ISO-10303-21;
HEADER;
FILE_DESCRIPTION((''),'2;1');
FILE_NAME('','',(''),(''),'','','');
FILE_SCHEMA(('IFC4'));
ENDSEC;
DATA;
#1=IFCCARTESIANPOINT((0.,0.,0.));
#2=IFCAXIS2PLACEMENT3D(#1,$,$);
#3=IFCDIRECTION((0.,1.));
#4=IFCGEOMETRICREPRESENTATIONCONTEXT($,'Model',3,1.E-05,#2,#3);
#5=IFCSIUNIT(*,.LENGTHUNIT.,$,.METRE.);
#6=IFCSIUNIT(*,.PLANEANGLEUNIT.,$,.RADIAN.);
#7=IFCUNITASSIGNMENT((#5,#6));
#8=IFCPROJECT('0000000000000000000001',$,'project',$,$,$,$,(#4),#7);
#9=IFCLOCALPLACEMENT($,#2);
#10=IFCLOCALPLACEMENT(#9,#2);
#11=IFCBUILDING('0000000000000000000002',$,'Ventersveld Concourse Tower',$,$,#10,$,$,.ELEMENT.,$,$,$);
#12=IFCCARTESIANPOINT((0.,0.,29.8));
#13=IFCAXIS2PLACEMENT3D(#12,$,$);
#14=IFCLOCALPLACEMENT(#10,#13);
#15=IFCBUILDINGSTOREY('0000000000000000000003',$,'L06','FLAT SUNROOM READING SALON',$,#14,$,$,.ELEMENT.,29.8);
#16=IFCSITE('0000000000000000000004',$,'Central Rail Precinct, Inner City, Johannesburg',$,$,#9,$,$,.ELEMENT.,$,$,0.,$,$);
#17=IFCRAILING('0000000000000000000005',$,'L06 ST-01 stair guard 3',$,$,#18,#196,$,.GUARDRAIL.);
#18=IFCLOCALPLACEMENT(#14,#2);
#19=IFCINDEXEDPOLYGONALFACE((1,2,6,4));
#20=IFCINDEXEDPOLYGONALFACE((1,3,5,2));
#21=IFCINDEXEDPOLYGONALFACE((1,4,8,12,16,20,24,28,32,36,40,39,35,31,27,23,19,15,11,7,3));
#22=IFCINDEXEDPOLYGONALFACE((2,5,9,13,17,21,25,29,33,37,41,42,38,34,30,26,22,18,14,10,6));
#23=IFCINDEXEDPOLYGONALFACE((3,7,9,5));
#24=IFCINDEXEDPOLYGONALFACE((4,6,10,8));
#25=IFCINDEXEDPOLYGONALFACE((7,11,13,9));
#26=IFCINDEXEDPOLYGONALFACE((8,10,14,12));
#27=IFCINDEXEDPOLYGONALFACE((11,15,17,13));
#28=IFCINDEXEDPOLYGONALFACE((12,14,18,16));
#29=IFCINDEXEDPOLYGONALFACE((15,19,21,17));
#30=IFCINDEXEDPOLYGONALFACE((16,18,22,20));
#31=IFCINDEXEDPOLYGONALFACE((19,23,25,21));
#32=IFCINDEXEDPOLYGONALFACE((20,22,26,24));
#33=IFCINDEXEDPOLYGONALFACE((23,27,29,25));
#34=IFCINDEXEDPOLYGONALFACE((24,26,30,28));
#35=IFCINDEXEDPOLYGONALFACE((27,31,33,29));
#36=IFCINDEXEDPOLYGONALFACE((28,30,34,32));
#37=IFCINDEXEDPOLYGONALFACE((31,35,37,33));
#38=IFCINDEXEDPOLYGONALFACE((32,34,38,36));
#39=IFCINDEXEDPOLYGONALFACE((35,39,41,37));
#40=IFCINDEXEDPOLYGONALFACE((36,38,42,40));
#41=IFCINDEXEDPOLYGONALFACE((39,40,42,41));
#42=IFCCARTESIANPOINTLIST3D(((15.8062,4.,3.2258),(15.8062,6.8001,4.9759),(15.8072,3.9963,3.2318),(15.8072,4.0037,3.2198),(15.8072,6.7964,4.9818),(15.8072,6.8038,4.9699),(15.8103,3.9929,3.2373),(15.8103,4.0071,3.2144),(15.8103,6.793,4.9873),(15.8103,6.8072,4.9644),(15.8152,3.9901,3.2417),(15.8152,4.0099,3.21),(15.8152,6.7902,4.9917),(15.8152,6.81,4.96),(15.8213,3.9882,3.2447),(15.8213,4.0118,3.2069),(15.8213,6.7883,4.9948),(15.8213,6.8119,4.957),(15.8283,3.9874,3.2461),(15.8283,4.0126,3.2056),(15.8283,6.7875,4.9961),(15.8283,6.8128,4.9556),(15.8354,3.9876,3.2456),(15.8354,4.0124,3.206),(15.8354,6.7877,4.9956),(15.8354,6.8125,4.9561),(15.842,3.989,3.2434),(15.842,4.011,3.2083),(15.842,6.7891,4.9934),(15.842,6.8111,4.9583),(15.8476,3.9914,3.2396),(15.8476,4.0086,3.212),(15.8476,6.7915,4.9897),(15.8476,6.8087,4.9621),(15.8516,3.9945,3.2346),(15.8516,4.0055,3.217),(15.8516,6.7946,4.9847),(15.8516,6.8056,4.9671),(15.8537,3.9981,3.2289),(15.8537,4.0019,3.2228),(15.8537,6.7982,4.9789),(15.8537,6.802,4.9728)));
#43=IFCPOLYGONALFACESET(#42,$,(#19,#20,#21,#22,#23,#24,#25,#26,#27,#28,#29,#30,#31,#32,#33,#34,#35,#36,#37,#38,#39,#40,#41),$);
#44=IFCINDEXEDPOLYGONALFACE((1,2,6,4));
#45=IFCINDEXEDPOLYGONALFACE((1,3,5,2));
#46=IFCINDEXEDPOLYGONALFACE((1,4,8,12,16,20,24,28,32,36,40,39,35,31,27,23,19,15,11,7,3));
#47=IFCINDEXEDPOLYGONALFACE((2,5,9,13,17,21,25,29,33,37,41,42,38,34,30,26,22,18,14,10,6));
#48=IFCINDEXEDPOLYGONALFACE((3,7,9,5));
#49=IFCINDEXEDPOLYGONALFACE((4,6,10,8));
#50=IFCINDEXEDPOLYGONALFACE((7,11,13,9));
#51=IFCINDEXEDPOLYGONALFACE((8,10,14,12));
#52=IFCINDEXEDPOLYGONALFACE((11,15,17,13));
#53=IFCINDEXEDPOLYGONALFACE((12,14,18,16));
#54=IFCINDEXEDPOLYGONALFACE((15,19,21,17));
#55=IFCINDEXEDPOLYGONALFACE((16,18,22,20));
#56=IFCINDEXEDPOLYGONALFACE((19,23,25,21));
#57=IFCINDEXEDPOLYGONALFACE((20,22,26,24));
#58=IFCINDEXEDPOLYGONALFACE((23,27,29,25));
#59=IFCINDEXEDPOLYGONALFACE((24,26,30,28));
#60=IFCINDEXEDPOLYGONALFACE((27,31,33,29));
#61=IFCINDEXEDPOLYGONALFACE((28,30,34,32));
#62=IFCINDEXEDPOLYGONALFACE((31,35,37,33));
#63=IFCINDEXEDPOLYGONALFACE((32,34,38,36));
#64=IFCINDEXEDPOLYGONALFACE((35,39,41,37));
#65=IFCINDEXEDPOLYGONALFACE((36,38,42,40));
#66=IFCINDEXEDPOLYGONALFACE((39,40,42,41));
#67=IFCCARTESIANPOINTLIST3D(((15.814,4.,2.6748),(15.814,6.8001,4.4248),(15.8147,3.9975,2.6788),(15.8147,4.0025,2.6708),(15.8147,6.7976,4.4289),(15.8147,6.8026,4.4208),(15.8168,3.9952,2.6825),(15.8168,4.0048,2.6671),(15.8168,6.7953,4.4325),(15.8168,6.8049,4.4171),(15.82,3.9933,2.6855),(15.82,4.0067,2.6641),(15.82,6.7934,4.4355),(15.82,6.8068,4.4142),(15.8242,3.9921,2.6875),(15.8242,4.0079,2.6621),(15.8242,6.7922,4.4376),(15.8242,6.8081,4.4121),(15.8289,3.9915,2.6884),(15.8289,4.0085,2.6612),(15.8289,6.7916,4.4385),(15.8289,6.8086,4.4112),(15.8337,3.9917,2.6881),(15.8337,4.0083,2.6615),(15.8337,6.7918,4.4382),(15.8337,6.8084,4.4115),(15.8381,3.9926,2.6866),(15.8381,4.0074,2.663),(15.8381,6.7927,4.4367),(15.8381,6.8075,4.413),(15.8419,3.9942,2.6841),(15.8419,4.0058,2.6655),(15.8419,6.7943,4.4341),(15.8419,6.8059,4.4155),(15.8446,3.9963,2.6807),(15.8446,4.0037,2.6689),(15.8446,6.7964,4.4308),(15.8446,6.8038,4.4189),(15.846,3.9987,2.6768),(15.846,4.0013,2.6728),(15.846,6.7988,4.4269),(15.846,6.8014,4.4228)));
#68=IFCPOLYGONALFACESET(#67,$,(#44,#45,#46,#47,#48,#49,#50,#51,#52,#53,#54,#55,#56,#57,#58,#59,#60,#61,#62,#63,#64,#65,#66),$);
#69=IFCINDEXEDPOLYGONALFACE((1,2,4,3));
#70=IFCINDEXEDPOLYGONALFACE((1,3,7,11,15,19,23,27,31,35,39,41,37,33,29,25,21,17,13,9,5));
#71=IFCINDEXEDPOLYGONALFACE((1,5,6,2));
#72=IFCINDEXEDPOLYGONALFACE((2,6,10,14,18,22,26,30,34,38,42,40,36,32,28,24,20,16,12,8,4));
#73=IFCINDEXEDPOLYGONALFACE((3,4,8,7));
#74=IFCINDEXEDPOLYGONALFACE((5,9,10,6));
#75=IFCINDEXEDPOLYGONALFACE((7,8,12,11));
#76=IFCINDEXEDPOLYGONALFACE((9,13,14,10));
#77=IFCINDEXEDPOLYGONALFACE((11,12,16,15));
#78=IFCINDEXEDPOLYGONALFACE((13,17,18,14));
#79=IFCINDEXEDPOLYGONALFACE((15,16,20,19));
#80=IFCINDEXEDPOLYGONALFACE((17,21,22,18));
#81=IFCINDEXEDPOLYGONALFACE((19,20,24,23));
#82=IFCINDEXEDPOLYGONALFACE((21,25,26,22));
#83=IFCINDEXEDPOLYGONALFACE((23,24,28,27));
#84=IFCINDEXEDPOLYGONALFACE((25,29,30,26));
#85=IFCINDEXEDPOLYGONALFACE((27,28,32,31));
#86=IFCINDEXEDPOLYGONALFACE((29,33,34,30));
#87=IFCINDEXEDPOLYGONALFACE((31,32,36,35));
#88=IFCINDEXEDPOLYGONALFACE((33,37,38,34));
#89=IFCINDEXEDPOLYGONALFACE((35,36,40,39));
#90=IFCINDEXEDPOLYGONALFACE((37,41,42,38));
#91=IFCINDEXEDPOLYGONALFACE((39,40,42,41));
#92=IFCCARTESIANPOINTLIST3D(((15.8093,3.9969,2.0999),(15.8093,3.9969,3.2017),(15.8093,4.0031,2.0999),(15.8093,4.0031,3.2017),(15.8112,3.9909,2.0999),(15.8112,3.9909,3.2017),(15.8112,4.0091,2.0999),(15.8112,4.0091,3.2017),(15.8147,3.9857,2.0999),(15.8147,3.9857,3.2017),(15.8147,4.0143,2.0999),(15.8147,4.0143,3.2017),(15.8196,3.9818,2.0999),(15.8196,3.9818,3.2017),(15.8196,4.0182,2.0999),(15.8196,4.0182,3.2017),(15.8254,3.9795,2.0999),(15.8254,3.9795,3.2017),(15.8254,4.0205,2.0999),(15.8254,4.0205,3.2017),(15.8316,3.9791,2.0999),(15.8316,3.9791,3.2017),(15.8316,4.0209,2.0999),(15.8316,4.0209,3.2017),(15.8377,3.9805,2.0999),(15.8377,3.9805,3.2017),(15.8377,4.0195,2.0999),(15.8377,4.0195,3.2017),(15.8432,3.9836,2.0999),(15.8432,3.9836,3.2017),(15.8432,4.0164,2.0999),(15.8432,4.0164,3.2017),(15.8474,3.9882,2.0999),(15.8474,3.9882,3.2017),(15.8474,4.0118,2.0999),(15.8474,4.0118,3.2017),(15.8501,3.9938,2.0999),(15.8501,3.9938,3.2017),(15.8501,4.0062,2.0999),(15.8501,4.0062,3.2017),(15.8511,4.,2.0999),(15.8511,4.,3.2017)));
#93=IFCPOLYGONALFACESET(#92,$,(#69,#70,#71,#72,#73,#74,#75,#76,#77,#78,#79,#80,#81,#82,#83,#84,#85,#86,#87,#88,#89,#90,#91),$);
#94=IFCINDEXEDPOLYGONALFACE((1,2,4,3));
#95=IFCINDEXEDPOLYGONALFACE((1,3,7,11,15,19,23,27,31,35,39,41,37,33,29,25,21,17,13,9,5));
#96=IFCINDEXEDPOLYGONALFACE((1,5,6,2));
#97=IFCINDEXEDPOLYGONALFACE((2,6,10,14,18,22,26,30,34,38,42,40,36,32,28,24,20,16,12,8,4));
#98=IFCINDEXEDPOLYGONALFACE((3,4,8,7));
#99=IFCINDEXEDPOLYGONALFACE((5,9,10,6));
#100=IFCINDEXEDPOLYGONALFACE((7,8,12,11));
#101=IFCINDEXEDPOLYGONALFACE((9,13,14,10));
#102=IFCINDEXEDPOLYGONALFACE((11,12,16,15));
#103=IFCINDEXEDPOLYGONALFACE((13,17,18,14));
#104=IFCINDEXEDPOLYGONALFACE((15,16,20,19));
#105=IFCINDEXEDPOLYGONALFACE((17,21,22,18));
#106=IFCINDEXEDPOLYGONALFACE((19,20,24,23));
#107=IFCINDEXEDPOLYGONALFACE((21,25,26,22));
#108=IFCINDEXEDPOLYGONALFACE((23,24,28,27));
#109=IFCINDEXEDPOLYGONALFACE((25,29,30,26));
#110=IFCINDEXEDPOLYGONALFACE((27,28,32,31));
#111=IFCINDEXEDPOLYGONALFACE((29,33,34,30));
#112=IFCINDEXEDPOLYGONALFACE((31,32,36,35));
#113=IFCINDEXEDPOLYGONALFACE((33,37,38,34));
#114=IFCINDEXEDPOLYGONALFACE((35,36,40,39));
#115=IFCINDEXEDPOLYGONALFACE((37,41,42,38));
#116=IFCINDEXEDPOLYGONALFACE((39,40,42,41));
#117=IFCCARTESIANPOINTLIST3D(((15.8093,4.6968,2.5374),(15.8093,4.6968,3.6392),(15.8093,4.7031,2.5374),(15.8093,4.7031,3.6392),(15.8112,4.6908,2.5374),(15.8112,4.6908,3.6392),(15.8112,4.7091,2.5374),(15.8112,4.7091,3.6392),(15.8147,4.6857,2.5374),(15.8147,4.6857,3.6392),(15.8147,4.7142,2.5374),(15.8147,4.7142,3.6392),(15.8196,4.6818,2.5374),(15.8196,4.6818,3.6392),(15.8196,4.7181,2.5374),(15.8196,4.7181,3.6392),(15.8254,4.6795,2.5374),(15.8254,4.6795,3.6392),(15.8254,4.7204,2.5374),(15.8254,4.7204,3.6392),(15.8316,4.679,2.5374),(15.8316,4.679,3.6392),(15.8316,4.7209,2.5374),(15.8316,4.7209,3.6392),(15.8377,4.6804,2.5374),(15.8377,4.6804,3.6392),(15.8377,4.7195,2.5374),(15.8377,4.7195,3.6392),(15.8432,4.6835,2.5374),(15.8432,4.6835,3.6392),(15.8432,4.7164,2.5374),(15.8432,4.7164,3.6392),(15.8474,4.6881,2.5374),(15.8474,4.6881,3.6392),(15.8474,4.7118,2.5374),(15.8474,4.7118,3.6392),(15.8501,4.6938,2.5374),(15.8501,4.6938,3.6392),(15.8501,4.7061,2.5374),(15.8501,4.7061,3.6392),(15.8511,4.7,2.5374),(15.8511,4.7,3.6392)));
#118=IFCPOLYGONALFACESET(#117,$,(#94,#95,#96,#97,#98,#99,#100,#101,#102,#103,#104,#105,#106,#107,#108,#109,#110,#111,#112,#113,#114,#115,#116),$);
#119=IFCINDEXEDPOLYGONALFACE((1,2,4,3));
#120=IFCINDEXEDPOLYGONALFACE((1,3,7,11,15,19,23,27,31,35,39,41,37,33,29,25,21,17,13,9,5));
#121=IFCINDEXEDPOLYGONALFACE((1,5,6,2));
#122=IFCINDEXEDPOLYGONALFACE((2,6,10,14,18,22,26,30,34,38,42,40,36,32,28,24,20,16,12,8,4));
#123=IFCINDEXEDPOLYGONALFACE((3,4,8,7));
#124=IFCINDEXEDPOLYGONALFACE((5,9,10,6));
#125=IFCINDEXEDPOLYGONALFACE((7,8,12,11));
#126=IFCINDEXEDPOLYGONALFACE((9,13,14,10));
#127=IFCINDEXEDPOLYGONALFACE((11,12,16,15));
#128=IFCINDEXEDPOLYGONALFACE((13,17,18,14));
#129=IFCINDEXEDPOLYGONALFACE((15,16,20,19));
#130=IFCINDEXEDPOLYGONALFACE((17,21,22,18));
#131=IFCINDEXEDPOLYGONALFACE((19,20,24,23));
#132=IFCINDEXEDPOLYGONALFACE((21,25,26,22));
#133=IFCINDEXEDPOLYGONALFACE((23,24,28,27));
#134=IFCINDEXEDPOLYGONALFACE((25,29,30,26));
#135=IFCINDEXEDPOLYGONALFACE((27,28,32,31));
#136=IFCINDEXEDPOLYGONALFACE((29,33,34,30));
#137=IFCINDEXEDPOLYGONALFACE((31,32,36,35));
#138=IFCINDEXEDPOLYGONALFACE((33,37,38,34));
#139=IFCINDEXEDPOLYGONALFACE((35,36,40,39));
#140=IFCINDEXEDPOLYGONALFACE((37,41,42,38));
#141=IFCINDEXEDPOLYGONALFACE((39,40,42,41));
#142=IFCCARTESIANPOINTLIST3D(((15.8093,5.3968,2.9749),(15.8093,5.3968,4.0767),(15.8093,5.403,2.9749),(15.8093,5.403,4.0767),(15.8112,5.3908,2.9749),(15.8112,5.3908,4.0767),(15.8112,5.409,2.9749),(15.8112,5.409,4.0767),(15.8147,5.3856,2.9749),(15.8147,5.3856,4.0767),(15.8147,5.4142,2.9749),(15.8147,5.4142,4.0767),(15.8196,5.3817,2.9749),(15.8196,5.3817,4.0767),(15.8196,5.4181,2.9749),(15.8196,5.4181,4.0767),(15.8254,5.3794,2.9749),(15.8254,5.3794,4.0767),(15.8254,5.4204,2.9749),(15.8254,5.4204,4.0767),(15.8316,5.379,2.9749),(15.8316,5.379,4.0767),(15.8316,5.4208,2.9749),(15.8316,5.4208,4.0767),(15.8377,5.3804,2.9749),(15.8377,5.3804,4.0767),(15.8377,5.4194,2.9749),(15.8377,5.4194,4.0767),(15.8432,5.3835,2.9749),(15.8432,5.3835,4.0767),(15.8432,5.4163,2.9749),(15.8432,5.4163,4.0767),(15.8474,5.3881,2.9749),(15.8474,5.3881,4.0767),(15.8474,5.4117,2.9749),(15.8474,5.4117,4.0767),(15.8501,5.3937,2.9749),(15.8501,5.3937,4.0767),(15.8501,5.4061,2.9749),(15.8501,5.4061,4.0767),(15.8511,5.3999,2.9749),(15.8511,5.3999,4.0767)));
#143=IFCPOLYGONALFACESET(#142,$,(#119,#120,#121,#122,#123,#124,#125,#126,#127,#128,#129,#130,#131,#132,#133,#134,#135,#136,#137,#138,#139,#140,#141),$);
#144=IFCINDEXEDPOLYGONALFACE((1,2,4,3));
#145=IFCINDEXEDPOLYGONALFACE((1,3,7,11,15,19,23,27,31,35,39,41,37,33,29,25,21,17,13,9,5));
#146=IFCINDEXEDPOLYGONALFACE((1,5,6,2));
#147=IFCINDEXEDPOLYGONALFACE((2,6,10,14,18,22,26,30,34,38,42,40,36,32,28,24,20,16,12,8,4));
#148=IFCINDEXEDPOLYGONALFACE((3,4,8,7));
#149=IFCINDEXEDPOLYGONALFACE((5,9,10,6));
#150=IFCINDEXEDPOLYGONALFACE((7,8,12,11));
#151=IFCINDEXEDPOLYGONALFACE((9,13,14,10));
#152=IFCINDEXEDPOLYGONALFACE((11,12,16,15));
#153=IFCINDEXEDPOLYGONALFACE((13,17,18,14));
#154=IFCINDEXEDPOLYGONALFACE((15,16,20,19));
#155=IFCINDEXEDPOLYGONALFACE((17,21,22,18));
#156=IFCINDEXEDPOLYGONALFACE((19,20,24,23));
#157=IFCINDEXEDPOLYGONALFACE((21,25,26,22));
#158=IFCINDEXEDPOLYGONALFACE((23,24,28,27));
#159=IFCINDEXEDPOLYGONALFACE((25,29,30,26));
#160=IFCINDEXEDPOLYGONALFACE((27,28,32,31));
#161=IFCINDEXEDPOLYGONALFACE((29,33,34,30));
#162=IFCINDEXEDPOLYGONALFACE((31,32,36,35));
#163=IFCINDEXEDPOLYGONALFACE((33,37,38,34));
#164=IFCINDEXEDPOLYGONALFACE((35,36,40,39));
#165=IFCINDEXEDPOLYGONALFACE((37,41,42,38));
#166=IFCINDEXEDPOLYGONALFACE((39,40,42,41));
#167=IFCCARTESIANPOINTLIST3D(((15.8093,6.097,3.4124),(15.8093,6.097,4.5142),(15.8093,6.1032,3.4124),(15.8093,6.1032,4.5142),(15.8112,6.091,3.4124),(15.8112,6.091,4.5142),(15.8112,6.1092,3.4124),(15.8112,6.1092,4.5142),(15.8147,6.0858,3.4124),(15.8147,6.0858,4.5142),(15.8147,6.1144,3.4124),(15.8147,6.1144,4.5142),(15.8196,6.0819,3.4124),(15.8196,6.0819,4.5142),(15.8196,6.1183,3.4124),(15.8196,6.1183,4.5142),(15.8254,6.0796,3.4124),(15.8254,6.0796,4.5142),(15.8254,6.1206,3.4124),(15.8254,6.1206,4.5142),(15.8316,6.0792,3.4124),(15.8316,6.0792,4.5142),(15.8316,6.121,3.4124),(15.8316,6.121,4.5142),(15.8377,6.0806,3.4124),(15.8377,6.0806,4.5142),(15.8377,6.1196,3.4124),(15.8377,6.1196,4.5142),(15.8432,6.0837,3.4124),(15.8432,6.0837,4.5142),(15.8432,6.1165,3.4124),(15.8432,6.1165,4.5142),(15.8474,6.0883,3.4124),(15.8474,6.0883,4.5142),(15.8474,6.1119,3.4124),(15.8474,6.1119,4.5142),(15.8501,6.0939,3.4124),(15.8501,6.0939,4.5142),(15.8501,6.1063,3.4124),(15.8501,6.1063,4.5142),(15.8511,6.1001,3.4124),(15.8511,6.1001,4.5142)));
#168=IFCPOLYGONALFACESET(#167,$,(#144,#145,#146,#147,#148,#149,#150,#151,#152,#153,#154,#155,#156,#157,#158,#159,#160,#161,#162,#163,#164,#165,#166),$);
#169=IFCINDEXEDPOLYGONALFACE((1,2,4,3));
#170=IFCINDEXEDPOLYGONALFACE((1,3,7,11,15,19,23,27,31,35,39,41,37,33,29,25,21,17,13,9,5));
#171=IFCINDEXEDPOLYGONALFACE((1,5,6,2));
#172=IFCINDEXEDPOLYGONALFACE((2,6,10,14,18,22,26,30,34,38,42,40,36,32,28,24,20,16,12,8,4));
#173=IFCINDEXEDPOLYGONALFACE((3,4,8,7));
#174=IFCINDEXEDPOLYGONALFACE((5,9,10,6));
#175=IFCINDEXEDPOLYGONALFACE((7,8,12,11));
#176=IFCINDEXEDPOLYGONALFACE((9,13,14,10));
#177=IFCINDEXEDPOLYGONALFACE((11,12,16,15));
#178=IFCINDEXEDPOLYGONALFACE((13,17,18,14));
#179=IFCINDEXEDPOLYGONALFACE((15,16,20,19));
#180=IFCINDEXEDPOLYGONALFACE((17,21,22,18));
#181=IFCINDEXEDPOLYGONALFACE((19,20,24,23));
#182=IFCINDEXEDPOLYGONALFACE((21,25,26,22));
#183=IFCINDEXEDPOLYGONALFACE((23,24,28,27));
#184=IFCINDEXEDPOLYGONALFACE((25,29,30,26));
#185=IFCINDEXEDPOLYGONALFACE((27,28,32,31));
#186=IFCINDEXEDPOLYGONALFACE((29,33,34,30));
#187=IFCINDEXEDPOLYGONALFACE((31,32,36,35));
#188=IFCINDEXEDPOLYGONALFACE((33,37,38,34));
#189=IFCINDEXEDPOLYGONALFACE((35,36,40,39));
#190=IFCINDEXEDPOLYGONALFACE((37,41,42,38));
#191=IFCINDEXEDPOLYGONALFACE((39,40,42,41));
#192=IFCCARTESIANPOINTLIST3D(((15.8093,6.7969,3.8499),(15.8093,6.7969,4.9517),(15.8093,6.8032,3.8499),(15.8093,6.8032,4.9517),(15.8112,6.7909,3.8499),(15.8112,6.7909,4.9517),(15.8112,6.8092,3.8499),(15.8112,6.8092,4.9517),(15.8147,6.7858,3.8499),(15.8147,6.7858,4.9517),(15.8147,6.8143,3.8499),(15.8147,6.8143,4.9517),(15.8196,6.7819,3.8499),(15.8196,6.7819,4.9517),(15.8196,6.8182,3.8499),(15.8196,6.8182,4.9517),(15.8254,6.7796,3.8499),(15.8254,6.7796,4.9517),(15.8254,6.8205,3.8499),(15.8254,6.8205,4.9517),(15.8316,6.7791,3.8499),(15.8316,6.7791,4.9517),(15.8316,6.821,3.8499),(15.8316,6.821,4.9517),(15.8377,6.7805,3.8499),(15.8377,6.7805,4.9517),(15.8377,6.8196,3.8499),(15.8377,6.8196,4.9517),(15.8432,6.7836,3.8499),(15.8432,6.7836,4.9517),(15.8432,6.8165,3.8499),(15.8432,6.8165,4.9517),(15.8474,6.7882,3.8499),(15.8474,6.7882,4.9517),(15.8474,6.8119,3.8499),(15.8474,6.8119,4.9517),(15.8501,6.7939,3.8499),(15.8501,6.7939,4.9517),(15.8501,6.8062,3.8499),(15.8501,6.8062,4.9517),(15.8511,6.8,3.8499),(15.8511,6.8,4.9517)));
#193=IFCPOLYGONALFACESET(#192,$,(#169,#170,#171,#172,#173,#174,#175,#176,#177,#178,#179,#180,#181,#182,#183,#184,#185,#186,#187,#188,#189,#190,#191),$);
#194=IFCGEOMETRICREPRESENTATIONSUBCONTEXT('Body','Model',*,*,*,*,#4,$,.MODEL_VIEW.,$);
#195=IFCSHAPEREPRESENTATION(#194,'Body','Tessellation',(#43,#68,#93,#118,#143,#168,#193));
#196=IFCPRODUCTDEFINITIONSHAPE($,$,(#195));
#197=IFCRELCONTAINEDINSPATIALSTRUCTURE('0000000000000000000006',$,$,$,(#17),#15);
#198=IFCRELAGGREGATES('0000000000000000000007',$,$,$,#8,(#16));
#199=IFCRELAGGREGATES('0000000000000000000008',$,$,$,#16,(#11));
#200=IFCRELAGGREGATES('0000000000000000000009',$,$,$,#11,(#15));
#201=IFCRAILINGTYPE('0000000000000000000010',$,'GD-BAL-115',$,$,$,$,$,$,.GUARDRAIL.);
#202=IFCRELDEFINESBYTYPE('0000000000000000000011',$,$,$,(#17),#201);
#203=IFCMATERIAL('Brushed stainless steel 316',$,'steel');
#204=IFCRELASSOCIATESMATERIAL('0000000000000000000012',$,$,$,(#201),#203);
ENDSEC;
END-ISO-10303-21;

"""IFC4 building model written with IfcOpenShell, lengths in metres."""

from ifc_helpers import new_model, si_unit, direction, frame, origin, origin_2d, place, context, subcontext, project, spatial, circle, extrude, material, type_object, element, save


model = new_model("IFC4")

# Units and contexts
model_context = context("Model", 3, precision=1e-05, world=origin(), true_north=direction((0.0, 1.0)))
body_context = subcontext(model_context, "Body", "Model", "MODEL_VIEW")
ifc_project = project(units=[si_unit("LENGTHUNIT", "METRE"), si_unit("PLANEANGLEUNIT", "RADIAN")], contexts=[model_context])

# Site, building, storey
site_placement = place(None, origin())
site = spatial("IfcSite", under=ifc_project, at=site_placement, Name="Central Rail Precinct, Inner City, Johannesburg", CompositionType="ELEMENT", RefElevation=0.0)
building_placement = place(site_placement, origin())
building = spatial("IfcBuilding", under=site, at=building_placement, Name="Ventersveld Concourse Tower", CompositionType="ELEMENT")
storey_placement = place(building_placement, frame((0.0, 0.0, 29.8)))
storey = spatial("IfcBuildingStorey", under=building, at=storey_placement, Name="L06", Description="FLAT SUNROOM READING SALON", CompositionType="ELEMENT", Elevation=29.8)

# Shared definitions
ifc_material_1 = material(Name="Brushed stainless steel 316", Category="steel")

# Railing
railing_type_1 = type_object("IfcRailingType", Name="GD-BAL-115", PredefinedType="GUARDRAIL", material=ifc_material_1)
railing_1_placement = place(storey_placement, frame((15.8301, 4.0, 2.0999)))
element("IfcRailing", 1, at=railing_1_placement, inside=storey, type_object=railing_type_1, Name="L06 ST-01 stair guard 3", PredefinedType="GUARDRAIL", context=body_context, shape_type="SweptSolid", body=[
    extrude(circle(Radius=0.0239, at=origin_2d()), frame((0.0, 0.0, 1.126), z_axis=(0.0, 0.848002, 0.529992), x_axis=(-1.0, 0.0, 0.0)), (0.0, 0.0, 1.0), 3.302),
    extrude(circle(Radius=0.0161, at=origin_2d()), frame((0.0, 0.0, 0.575), z_axis=(0.0, 0.848002, 0.529992), x_axis=(-1.0, 0.0, 0.0)), (0.0, 0.0, 1.0), 3.302),
    extrude(circle(Radius=0.021, at=origin_2d()), origin(), (0.0, 0.0, 1.0), 1.1018),
    extrude(circle(Radius=0.021, at=origin_2d()), frame((0.0, 0.7, 0.4375)), (0.0, 0.0, 1.0), 1.1018),
    extrude(circle(Radius=0.021, at=origin_2d()), frame((0.0, 1.3999, 0.875)), (0.0, 0.0, 1.0), 1.1018),
    extrude(circle(Radius=0.021, at=origin_2d()), frame((0.0, 2.1001, 1.3125)), (0.0, 0.0, 1.0), 1.1018),
    extrude(circle(Radius=0.021, at=origin_2d()), frame((0.0, 2.8, 1.75)), (0.0, 0.0, 1.0), 1.1018),
])

save(model, "model.ifc")
